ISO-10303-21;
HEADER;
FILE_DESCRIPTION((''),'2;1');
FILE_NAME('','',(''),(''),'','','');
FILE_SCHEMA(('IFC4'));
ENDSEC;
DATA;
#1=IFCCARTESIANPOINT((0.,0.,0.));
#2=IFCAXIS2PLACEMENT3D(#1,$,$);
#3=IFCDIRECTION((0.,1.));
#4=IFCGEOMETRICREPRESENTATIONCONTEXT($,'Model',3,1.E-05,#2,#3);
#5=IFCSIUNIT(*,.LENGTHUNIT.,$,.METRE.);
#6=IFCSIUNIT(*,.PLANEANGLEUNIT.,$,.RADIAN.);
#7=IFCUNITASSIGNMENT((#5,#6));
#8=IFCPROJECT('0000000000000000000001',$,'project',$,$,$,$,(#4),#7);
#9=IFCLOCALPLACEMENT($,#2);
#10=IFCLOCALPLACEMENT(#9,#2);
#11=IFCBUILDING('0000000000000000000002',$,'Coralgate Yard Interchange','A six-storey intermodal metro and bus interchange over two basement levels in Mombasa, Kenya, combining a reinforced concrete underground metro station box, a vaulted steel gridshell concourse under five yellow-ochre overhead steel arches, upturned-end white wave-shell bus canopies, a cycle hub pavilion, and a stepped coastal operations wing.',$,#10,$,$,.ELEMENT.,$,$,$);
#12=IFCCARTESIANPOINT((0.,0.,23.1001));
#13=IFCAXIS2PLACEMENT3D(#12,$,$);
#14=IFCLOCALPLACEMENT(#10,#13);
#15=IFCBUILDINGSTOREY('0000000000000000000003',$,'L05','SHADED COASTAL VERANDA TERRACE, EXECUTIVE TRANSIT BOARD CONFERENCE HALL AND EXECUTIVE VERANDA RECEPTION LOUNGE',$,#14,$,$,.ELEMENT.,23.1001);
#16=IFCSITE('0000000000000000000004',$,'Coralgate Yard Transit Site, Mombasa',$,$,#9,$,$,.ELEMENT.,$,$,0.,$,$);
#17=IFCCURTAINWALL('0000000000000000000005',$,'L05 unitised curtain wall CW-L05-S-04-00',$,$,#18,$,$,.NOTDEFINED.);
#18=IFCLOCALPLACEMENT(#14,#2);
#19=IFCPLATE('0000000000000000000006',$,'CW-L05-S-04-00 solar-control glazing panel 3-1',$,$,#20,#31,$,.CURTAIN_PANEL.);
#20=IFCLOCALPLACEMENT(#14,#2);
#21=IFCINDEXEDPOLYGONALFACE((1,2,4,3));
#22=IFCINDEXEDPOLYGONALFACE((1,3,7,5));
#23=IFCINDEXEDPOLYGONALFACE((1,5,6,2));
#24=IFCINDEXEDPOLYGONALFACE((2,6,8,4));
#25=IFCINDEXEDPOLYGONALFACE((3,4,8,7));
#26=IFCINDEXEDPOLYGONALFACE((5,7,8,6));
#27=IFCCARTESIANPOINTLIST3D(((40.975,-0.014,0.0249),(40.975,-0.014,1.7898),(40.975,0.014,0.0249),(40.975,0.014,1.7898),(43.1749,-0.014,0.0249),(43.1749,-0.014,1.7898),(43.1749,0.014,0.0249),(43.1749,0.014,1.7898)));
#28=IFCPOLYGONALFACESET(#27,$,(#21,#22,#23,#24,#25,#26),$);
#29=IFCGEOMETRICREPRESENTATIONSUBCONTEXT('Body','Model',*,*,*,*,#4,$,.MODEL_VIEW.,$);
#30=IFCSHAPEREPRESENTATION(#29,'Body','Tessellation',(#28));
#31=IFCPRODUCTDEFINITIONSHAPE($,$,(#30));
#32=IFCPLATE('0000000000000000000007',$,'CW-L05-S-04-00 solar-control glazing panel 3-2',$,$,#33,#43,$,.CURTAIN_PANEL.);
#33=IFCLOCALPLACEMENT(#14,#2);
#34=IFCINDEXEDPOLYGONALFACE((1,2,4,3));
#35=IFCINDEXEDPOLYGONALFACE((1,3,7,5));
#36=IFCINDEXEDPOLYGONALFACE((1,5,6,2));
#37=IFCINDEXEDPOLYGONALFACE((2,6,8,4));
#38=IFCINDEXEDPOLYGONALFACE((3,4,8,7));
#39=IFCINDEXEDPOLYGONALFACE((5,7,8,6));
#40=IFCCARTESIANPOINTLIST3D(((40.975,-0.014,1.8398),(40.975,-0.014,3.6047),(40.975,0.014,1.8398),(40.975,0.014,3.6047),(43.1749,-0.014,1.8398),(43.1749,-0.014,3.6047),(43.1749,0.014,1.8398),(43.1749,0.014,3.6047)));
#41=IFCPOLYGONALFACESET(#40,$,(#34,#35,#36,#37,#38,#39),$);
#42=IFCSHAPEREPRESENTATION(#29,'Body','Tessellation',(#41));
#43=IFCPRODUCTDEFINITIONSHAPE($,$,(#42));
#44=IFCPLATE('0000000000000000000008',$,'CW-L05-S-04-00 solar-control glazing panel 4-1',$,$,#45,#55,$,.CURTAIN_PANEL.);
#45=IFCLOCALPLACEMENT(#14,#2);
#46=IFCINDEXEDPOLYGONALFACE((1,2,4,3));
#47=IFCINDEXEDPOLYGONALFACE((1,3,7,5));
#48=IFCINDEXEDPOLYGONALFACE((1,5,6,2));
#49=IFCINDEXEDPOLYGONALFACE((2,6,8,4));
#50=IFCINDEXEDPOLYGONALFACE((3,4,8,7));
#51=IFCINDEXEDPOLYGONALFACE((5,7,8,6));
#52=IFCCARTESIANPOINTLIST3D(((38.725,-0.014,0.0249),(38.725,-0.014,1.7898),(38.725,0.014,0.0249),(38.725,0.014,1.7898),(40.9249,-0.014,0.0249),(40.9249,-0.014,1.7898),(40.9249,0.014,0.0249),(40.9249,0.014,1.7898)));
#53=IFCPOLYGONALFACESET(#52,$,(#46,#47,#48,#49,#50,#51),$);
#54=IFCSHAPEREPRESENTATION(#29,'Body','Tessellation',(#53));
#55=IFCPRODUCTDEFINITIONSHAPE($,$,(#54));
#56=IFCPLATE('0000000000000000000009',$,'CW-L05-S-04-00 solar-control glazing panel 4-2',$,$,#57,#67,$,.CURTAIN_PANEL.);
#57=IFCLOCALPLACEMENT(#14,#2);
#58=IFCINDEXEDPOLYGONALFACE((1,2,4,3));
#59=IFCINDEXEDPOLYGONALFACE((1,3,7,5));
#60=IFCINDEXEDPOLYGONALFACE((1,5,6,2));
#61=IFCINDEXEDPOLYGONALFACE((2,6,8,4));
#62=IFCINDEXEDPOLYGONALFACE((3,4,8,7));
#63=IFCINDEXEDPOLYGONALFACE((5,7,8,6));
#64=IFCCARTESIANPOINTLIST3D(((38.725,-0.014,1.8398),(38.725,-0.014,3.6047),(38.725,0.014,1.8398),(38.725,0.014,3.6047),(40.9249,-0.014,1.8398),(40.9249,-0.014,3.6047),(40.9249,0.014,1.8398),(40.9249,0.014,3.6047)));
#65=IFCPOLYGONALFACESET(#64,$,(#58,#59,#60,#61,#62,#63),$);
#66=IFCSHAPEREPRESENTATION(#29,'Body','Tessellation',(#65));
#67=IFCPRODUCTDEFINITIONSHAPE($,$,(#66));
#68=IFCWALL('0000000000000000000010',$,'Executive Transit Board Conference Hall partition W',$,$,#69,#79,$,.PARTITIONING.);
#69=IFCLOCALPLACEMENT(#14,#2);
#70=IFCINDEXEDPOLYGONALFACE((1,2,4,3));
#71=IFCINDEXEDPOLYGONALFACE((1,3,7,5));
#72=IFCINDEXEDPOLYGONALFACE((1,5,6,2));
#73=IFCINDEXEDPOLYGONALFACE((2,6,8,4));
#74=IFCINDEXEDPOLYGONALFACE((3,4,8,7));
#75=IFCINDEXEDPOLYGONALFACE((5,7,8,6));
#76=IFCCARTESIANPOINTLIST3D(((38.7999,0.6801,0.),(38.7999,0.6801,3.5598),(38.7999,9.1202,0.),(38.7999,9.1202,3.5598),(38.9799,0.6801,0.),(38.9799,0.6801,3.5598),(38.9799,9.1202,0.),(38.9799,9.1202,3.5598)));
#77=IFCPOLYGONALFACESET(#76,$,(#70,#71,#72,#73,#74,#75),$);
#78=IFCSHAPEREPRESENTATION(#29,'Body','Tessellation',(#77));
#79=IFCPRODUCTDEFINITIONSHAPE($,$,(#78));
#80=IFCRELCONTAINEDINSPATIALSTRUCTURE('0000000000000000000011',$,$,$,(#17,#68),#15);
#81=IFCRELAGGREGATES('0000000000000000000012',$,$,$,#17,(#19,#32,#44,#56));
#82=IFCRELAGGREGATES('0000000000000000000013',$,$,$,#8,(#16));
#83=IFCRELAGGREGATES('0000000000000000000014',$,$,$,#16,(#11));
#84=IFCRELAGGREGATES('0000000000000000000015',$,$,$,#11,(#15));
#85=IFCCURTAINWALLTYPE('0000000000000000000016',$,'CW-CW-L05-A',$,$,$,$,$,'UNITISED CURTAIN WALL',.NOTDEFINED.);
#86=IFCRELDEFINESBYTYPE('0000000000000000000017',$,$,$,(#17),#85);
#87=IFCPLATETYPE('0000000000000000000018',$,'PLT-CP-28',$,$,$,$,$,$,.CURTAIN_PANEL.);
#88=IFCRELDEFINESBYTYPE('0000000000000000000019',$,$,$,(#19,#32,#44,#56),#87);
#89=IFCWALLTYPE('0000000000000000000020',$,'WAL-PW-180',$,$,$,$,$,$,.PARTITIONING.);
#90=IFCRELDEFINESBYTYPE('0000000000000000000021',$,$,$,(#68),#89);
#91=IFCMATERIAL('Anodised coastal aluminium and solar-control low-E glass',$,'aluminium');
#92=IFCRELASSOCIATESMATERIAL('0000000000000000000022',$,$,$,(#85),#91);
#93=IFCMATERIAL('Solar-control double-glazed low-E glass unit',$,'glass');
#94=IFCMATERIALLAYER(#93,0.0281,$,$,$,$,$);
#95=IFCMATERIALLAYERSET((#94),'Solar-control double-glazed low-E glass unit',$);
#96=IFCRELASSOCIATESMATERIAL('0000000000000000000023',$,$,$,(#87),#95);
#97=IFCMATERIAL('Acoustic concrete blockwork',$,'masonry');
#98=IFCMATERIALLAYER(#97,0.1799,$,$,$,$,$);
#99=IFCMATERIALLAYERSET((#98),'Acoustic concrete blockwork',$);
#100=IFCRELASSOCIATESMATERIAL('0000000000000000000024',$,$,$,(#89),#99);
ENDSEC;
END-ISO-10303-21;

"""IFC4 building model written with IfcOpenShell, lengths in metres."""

from ifc_helpers import new_model, si_unit, direction, frame, frame_2d, origin, origin_2d, place, context, subcontext, project, spatial, rectangle, extrude, material, layer, layer_set, type_object, element, aggregate, save


model = new_model("IFC4")

# Units and contexts
model_context = context("Model", 3, precision=1e-05, world=origin(), true_north=direction((0.0, 1.0)))
body_context = subcontext(model_context, "Body", "Model", "MODEL_VIEW")
ifc_project = project(units=[si_unit("LENGTHUNIT", "METRE"), si_unit("PLANEANGLEUNIT", "RADIAN")], contexts=[model_context])

# Site, building, storey
site_placement = place(None, origin())
site = spatial("IfcSite", under=ifc_project, at=site_placement, Name="Coralgate Yard Transit Site, Mombasa", CompositionType="ELEMENT", RefElevation=0.0)
building_placement = place(site_placement, origin())
building = spatial("IfcBuilding", under=site, at=building_placement, Name="Coralgate Yard Interchange", Description="A six-storey intermodal metro and bus interchange over two basement levels in Mombasa, Kenya, combining a reinforced concrete underground metro station box, a vaulted steel gridshell concourse under five yellow-ochre overhead steel arches, upturned-end white wave-shell bus canopies, a cycle hub pavilion, and a stepped coastal operations wing.", CompositionType="ELEMENT")
storey_placement = place(building_placement, frame((0.0, 0.0, 23.1001)))
storey = spatial("IfcBuildingStorey", under=building, at=storey_placement, Name="L05", Description="SHADED COASTAL VERANDA TERRACE, EXECUTIVE TRANSIT BOARD CONFERENCE HALL AND EXECUTIVE VERANDA RECEPTION LOUNGE", CompositionType="ELEMENT", Elevation=23.1001)

# Curtain wall, plates
ifc_material_1 = material(Name="Anodised coastal aluminium and solar-control low-E glass", Category="aluminium")
curtain_wall_type = type_object("IfcCurtainWallType", Name="CW-CW-L05-A", ElementType="UNITISED CURTAIN WALL", PredefinedType="NOTDEFINED", material=ifc_material_1)
curtain_wall_placement = place(storey_placement, origin())
curtain_wall = element("IfcCurtainWall", 1, at=curtain_wall_placement, inside=storey, type_object=curtain_wall_type, Name="L05 unitised curtain wall CW-L05-S-04-00", PredefinedType="NOTDEFINED")
ifc_material_2 = material(Name="Solar-control double-glazed low-E glass unit", Category="glass")
ifc_layer_1 = layer(ifc_material_2, 0.0281)
ifc_layer_set_1 = layer_set([ifc_layer_1], Name="Solar-control double-glazed low-E glass unit")
plate_type = type_object("IfcPlateType", Name="PLT-CP-28", PredefinedType="CURTAIN_PANEL", material=ifc_layer_set_1)
plate_1_placement = place(storey_placement, frame((42.075, 0.0, 0.0249), z_axis=(0.0, 0.0, 1.0), x_axis=(-1.0, 0.0, 0.0)))
plate_1 = element("IfcPlate", 2, at=plate_1_placement, type_object=plate_type, Name="CW-L05-S-04-00 solar-control glazing panel 3-1", PredefinedType="CURTAIN_PANEL", context=body_context, shape_type="SweptSolid", body=[
    extrude(rectangle(XDim=2.2, YDim=0.0281, at=origin_2d()), origin(), (0.0, 0.0, 1.0), 1.7649),
])
plate_2_placement = place(storey_placement, frame((42.075, 0.0, 1.8398), z_axis=(0.0, 0.0, 1.0), x_axis=(-1.0, 0.0, 0.0)))
plate_2 = element("IfcPlate", 3, at=plate_2_placement, type_object=plate_type, Name="CW-L05-S-04-00 solar-control glazing panel 3-2", PredefinedType="CURTAIN_PANEL", context=body_context, shape_type="SweptSolid", body=[
    extrude(rectangle(XDim=2.2, YDim=0.0281, at=origin_2d()), origin(), (0.0, 0.0, 1.0), 1.7649),
])
plate_3_placement = place(storey_placement, frame((39.825, 0.0, 0.0249), z_axis=(0.0, 0.0, 1.0), x_axis=(-1.0, 0.0, 0.0)))
plate_3 = element("IfcPlate", 4, at=plate_3_placement, type_object=plate_type, Name="CW-L05-S-04-00 solar-control glazing panel 4-1", PredefinedType="CURTAIN_PANEL", context=body_context, shape_type="SweptSolid", body=[
    extrude(rectangle(XDim=2.2, YDim=0.0281, at=origin_2d()), origin(), (0.0, 0.0, 1.0), 1.7649),
])
plate_4_placement = place(storey_placement, frame((39.825, 0.0, 1.8398), z_axis=(0.0, 0.0, 1.0), x_axis=(-1.0, 0.0, 0.0)))
plate_4 = element("IfcPlate", 5, at=plate_4_placement, type_object=plate_type, Name="CW-L05-S-04-00 solar-control glazing panel 4-2", PredefinedType="CURTAIN_PANEL", context=body_context, shape_type="SweptSolid", body=[
    extrude(rectangle(XDim=2.2, YDim=0.0281, at=origin_2d()), origin(), (0.0, 0.0, 1.0), 1.7649),
])
aggregate(curtain_wall, [plate_1, plate_2, plate_3, plate_4])

# Wall
ifc_material_3 = material(Name="Acoustic concrete blockwork", Category="masonry")
ifc_layer_2 = layer(ifc_material_3, 0.1799)
ifc_layer_set_2 = layer_set([ifc_layer_2], Name="Acoustic concrete blockwork")
wall_type = type_object("IfcWallType", Name="WAL-PW-180", PredefinedType="PARTITIONING", material=ifc_layer_set_2)
wall_placement = place(storey_placement, frame((38.8899, 0.6799, 0.0), z_axis=(0.0, 0.0, 1.0), x_axis=(0.0, 1.0, 0.0)))
element("IfcWall", 6, at=wall_placement, inside=storey, type_object=wall_type, Name="Executive Transit Board Conference Hall partition W", PredefinedType="PARTITIONING", context=body_context, shape_type="SweptSolid", body=[
    extrude(rectangle(XDim=8.4402, YDim=0.1799, at=frame_2d((4.2202, 0.0))), origin(), (0.0, 0.0, 1.0), 3.5598),
])

save(model, "model.ifc")
